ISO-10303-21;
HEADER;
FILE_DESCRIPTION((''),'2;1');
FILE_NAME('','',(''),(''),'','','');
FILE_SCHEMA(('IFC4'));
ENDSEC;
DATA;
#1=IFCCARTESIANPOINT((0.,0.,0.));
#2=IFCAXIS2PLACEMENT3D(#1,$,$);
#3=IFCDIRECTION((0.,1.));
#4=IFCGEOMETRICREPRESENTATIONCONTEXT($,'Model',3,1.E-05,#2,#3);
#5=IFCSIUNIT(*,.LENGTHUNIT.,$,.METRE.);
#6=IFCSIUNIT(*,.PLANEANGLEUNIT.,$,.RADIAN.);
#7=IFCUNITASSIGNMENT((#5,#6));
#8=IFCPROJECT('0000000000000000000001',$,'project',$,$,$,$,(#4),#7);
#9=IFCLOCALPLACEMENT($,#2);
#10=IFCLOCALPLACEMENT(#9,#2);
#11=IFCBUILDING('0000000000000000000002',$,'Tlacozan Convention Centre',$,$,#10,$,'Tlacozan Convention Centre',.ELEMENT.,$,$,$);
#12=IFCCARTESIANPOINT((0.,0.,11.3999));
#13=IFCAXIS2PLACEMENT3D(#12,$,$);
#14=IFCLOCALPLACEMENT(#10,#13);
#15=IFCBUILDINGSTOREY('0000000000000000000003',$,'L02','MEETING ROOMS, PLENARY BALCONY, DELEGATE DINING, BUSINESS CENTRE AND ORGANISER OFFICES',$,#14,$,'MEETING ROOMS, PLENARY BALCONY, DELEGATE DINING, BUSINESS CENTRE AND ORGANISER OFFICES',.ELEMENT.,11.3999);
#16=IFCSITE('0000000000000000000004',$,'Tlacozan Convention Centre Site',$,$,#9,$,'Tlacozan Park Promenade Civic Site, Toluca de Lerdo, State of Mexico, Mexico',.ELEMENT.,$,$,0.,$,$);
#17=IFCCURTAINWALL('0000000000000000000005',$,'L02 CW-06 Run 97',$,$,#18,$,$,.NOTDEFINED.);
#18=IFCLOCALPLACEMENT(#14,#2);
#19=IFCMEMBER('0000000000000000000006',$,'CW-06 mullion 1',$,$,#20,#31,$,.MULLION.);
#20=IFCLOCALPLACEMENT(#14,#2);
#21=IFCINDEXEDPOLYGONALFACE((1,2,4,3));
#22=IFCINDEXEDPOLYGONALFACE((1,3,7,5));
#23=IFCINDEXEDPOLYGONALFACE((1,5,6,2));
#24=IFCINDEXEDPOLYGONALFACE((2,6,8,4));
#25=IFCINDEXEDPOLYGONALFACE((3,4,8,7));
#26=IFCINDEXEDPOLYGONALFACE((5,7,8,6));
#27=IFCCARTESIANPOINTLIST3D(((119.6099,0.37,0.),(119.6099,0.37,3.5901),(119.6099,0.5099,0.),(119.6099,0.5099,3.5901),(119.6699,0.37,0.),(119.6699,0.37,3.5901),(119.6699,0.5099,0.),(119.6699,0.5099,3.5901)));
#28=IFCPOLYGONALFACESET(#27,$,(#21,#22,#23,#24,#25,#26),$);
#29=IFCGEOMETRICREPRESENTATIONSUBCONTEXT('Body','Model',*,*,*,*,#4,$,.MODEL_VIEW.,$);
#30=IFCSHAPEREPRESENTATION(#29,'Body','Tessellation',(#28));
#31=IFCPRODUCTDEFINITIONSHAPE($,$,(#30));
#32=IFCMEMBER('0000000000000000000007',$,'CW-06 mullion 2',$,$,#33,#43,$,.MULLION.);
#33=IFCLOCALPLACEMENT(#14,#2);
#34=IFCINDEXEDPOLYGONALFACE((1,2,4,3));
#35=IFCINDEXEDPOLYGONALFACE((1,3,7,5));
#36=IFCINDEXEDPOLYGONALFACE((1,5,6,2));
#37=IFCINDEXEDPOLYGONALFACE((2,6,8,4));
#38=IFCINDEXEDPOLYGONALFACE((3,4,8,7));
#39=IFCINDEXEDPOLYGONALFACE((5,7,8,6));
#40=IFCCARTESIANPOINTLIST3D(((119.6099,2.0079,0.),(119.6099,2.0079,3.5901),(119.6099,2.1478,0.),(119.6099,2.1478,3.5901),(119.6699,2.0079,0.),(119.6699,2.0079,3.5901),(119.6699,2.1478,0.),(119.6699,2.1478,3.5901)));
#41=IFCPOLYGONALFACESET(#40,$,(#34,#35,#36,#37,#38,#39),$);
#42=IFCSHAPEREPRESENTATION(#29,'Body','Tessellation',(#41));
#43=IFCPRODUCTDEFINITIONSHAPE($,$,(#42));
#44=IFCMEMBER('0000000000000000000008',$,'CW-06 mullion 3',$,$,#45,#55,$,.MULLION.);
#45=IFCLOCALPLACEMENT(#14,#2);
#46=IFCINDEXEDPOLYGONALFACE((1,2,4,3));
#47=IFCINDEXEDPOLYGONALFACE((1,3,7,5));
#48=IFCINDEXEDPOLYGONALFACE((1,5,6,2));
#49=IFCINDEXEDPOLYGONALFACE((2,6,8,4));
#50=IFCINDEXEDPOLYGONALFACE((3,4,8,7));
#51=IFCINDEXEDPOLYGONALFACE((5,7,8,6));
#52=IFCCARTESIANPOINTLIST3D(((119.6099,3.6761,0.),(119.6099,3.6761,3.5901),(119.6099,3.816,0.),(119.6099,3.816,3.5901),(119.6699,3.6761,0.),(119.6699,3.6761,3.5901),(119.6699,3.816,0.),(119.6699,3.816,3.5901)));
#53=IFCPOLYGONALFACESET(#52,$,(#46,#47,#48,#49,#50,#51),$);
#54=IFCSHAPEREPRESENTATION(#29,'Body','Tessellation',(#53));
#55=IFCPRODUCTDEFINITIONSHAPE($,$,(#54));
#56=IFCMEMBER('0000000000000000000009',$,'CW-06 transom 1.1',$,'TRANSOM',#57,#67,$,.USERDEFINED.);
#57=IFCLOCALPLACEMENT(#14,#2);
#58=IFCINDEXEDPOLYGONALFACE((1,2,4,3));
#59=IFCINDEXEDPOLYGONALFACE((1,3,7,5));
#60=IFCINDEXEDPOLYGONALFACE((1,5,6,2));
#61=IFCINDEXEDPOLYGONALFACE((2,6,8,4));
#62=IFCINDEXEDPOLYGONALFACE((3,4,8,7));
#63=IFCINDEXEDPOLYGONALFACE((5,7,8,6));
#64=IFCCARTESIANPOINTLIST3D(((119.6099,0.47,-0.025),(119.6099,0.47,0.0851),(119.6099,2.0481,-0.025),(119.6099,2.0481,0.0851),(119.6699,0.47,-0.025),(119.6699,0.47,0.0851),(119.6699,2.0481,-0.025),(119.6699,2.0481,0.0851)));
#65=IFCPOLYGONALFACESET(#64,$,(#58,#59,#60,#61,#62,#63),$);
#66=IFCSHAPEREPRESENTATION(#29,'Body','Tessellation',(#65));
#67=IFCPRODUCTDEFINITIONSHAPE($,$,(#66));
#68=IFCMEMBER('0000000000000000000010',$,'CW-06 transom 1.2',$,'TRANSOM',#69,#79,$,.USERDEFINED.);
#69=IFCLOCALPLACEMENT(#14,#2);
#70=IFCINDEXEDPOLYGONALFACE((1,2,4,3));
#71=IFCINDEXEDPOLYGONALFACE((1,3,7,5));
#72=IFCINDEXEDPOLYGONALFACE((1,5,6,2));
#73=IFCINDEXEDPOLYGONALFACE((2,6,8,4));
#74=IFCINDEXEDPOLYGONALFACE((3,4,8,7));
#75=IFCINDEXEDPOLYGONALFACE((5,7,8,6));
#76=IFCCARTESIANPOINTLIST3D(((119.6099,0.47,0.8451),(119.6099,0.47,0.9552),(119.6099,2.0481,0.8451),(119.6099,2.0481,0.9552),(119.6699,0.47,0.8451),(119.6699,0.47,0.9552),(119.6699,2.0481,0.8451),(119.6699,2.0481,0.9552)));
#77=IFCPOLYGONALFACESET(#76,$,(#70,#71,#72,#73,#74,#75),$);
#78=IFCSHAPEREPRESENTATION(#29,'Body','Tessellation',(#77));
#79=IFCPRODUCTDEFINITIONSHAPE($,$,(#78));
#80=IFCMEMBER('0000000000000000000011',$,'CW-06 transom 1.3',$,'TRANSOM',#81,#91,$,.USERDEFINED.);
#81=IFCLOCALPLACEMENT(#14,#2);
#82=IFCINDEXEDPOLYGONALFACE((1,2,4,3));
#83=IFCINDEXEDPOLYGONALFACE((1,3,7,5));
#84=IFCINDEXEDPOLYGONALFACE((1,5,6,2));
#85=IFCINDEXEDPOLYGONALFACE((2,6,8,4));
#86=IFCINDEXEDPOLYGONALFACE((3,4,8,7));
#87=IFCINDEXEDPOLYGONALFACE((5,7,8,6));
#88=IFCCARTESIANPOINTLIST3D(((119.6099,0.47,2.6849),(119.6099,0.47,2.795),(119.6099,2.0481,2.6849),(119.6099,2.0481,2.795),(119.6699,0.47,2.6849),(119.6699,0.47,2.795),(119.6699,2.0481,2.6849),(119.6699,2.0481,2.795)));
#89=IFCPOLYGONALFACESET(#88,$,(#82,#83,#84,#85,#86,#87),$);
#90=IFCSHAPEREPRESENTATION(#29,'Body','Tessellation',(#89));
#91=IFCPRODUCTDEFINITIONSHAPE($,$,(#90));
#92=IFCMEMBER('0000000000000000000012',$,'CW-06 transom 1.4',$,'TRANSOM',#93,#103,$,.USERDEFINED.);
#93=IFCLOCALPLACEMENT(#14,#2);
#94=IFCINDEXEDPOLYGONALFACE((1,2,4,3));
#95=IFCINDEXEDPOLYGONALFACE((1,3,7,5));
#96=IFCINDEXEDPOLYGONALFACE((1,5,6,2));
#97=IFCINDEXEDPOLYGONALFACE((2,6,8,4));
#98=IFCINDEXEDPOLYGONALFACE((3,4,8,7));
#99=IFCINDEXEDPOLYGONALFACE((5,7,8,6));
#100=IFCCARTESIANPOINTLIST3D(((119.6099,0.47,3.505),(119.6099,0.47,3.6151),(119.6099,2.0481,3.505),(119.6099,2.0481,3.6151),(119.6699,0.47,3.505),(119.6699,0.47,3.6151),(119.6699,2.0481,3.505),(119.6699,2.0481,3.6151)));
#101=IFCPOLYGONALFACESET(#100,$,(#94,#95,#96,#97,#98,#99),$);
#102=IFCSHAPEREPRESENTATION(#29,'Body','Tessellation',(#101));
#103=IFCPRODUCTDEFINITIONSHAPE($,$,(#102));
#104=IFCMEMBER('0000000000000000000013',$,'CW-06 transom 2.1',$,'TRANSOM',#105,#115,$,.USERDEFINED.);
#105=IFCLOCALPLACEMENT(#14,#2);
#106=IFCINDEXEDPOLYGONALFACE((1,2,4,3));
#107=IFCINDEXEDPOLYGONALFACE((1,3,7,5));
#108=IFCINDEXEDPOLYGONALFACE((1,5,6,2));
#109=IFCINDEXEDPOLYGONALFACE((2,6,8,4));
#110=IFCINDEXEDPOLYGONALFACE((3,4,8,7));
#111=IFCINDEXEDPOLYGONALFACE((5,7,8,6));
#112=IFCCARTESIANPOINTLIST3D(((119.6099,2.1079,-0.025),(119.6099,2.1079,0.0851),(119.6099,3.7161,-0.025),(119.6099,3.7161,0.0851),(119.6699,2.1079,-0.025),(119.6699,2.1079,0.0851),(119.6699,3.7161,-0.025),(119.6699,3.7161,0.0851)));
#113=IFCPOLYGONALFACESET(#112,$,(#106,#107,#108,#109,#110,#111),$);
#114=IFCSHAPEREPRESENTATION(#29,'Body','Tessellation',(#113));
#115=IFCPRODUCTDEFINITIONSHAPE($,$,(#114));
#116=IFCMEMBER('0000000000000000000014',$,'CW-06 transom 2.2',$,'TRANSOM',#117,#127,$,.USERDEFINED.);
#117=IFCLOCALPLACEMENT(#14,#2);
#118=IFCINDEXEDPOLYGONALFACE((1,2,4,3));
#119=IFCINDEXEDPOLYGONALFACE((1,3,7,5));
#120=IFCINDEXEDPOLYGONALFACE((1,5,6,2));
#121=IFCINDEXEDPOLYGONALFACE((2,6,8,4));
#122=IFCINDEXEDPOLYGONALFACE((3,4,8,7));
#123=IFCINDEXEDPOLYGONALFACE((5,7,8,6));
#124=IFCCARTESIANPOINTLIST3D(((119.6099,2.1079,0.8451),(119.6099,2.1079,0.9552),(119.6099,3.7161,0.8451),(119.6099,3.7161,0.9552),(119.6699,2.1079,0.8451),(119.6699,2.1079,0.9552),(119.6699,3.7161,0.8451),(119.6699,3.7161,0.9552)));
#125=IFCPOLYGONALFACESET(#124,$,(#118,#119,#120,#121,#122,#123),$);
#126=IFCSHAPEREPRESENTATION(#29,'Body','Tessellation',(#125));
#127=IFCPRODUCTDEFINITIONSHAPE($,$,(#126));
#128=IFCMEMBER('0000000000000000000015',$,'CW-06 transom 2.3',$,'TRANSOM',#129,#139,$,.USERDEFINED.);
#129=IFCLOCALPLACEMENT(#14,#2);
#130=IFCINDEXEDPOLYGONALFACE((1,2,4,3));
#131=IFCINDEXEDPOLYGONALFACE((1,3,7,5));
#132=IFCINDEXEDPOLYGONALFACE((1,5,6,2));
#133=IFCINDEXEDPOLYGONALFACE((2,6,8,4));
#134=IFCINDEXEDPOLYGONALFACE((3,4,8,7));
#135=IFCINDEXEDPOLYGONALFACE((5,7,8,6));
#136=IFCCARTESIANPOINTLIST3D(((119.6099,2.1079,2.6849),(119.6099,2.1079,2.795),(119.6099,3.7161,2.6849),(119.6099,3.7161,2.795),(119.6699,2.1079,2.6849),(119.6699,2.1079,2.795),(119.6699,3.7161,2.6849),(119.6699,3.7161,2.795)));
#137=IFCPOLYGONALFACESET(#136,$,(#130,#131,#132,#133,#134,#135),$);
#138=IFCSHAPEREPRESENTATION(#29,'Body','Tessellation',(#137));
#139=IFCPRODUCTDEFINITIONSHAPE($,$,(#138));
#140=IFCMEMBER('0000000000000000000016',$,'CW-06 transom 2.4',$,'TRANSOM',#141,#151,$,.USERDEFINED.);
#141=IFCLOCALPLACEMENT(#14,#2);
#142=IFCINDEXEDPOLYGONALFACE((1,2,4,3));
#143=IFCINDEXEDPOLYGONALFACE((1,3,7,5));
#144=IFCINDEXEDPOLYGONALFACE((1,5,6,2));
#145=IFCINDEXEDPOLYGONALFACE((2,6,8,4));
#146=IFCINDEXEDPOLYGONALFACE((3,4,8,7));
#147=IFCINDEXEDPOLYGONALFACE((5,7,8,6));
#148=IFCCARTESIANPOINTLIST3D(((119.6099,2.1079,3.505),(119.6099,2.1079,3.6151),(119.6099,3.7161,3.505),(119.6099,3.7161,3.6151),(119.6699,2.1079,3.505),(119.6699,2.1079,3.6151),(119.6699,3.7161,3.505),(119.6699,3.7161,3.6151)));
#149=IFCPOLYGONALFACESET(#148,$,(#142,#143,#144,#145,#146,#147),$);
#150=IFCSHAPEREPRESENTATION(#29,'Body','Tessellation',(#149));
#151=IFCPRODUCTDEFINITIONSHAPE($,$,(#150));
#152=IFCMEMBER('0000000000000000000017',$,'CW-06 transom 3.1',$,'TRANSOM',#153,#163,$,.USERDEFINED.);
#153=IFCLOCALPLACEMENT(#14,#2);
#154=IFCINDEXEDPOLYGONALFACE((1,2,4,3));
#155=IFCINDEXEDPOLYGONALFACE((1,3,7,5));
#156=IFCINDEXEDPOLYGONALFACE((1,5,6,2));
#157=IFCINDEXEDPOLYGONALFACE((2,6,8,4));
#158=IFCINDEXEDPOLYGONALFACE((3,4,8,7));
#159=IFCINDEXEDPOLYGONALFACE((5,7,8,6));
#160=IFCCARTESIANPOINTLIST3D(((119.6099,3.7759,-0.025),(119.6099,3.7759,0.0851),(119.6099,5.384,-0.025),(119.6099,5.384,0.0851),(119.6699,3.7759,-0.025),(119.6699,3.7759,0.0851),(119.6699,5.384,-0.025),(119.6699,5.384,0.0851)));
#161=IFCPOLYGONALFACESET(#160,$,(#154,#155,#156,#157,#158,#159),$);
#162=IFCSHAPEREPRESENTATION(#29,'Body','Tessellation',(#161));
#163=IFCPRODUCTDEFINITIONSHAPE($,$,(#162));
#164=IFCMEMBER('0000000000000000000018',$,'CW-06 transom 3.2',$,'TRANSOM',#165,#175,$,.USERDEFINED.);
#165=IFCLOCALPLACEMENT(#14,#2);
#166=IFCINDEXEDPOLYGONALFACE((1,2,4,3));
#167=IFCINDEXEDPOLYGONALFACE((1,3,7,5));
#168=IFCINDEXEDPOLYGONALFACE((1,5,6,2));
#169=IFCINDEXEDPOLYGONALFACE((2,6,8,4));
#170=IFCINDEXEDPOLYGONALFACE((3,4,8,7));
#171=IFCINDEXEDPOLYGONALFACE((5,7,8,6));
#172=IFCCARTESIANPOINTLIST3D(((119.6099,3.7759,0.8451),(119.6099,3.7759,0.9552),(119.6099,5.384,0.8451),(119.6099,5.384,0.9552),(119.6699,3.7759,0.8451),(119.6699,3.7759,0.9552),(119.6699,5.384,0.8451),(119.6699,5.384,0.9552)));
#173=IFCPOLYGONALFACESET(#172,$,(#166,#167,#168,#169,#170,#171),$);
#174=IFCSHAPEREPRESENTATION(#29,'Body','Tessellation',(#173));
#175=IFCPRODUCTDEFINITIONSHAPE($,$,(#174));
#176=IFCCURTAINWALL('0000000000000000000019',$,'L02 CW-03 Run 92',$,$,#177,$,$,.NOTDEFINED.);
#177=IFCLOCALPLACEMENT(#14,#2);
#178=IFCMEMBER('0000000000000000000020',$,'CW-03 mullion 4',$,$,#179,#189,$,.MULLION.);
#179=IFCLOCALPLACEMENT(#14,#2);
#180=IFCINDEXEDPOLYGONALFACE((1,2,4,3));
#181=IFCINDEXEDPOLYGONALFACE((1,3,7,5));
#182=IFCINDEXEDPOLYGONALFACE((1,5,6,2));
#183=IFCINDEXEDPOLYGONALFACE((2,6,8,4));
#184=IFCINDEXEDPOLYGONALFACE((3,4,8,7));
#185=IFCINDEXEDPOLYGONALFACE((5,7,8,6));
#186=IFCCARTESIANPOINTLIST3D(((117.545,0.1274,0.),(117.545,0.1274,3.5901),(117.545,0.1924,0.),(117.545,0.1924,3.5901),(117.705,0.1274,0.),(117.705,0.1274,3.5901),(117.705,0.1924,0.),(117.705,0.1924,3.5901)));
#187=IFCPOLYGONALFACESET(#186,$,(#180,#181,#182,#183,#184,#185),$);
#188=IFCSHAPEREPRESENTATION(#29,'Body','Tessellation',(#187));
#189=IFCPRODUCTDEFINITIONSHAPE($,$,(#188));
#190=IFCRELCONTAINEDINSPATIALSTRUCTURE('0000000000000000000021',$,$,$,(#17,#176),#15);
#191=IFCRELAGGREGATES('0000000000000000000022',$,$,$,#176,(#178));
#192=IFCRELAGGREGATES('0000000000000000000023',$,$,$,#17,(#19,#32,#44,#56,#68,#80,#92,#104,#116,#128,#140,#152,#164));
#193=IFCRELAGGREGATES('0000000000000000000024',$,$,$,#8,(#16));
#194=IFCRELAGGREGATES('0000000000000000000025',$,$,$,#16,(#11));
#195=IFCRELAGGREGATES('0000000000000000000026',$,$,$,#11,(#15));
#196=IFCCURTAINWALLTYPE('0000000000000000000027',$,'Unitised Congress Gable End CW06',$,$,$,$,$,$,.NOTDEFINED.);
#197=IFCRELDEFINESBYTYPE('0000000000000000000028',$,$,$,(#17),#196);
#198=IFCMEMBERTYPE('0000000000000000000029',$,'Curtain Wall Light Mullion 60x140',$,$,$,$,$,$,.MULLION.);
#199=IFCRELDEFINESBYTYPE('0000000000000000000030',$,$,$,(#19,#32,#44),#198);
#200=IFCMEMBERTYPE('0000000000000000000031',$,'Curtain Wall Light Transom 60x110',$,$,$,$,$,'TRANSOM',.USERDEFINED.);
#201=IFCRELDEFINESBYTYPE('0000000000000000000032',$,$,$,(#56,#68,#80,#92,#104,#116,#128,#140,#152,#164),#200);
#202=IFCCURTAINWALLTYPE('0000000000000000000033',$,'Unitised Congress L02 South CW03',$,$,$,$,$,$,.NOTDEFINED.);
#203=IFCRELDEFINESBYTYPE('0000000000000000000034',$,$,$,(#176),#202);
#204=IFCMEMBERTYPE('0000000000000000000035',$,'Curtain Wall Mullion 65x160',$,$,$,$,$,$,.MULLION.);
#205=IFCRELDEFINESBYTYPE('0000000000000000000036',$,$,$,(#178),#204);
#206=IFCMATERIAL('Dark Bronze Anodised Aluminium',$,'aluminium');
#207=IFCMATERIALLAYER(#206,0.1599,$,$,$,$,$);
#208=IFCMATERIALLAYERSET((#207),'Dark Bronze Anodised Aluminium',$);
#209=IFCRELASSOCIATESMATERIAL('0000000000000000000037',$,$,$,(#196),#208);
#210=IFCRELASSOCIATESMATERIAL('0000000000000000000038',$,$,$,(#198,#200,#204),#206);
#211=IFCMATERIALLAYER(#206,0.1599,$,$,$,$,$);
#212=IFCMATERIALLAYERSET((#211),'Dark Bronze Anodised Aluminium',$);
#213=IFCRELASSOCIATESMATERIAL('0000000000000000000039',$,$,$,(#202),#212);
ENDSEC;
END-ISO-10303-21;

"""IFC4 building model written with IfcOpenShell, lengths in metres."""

from ifc_helpers import new_model, si_unit, direction, frame, origin, origin_2d, place, context, subcontext, project, spatial, rectangle, extrude, material, layer, layer_set, material_profile, profile_set, type_object, element, aggregate, save


model = new_model("IFC4")

# Units and contexts
model_context = context("Model", 3, precision=1e-05, world=origin(), true_north=direction((0.0, 1.0)))
body_context = subcontext(model_context, "Body", "Model", "MODEL_VIEW")
ifc_project = project(units=[si_unit("LENGTHUNIT", "METRE"), si_unit("PLANEANGLEUNIT", "RADIAN")], contexts=[model_context])

# Site, building, storey
site_placement = place(None, origin())
site = spatial("IfcSite", under=ifc_project, at=site_placement, Name="Tlacozan Convention Centre Site", LongName="Tlacozan Park Promenade Civic Site, Toluca de Lerdo, State of Mexico, Mexico", CompositionType="ELEMENT", RefElevation=0.0)
building_placement = place(site_placement, origin())
building = spatial("IfcBuilding", under=site, at=building_placement, Name="Tlacozan Convention Centre", LongName="Tlacozan Convention Centre", CompositionType="ELEMENT")
storey_placement = place(building_placement, frame((0.0, 0.0, 11.3999)))
storey = spatial("IfcBuildingStorey", under=building, at=storey_placement, Name="L02", Description="MEETING ROOMS, PLENARY BALCONY, DELEGATE DINING, BUSINESS CENTRE AND ORGANISER OFFICES", LongName="MEETING ROOMS, PLENARY BALCONY, DELEGATE DINING, BUSINESS CENTRE AND ORGANISER OFFICES", CompositionType="ELEMENT", Elevation=11.3999)

# Curtain wall, members
ifc_material_1 = material(Name="Dark Bronze Anodised Aluminium", Category="aluminium")
ifc_layer_1 = layer(ifc_material_1, 0.1599)
ifc_layer_set_1 = layer_set([ifc_layer_1], Name="Dark Bronze Anodised Aluminium")
curtain_wall_type_1 = type_object("IfcCurtainWallType", Name="Unitised Congress Gable End CW06", PredefinedType="NOTDEFINED", material=ifc_layer_set_1)
curtain_wall_1_placement = place(storey_placement, origin())
curtain_wall_1 = element("IfcCurtainWall", 1, at=curtain_wall_1_placement, inside=storey, type_object=curtain_wall_type_1, Name="L02 CW-06 Run 97", PredefinedType="NOTDEFINED")
ifc_material_profile_1 = material_profile(ifc_material_1, rectangle(XDim=0.0601, YDim=0.1399, at=origin_2d()), Name="ALU 60x140")
ifc_profile_set_1 = profile_set([ifc_material_profile_1], Name="Dark Bronze Anodised Aluminium")
member_type_1 = type_object("IfcMemberType", Name="Curtain Wall Light Mullion 60x140", PredefinedType="MULLION", material=ifc_profile_set_1)
member_1_placement = place(storey_placement, frame((119.6399, 0.4399, 0.0), z_axis=(0.0, 0.0, 1.0), x_axis=(-1.0, 0.0, 0.0)))
member_1 = element("IfcMember", 2, at=member_1_placement, type_object=member_type_1, Name="CW-06 mullion 1", PredefinedType="MULLION", context=body_context, shape_type="SweptSolid", body=[
    extrude(rectangle(XDim=0.0601, YDim=0.1399, at=origin_2d()), origin(), (0.0, 0.0, 1.0), 3.5901),
])
member_2_placement = place(storey_placement, frame((119.6399, 2.0779, 0.0), z_axis=(0.0, 0.0, 1.0), x_axis=(-1.0, 0.0, 0.0)))
member_2 = element("IfcMember", 3, at=member_2_placement, type_object=member_type_1, Name="CW-06 mullion 2", PredefinedType="MULLION", context=body_context, shape_type="SweptSolid", body=[
    extrude(rectangle(XDim=0.0601, YDim=0.1399, at=origin_2d()), origin(), (0.0, 0.0, 1.0), 3.5901),
])
member_3_placement = place(storey_placement, frame((119.6399, 3.7461, 0.0), z_axis=(0.0, 0.0, 1.0), x_axis=(-1.0, 0.0, 0.0)))
member_3 = element("IfcMember", 4, at=member_3_placement, type_object=member_type_1, Name="CW-06 mullion 3", PredefinedType="MULLION", context=body_context, shape_type="SweptSolid", body=[
    extrude(rectangle(XDim=0.0601, YDim=0.1399, at=origin_2d()), origin(), (0.0, 0.0, 1.0), 3.5901),
])
ifc_material_profile_2 = material_profile(ifc_material_1, rectangle(XDim=0.0601, YDim=0.1101, at=origin_2d()), Name="ALU 60x110")
ifc_profile_set_2 = profile_set([ifc_material_profile_2], Name="Dark Bronze Anodised Aluminium")
member_type_2 = type_object("IfcMemberType", Name="Curtain Wall Light Transom 60x110", ElementType="TRANSOM", PredefinedType="USERDEFINED", material=ifc_profile_set_2)
member_4_placement = place(storey_placement, frame((119.6399, 0.47, 0.03), z_axis=(0.0, 1.0, 0.0), x_axis=(-1.0, 0.0, 0.0)))
member_4 = element("IfcMember", 5, at=member_4_placement, type_object=member_type_2, Name="CW-06 transom 1.1", ObjectType="TRANSOM", PredefinedType="USERDEFINED", context=body_context, shape_type="SweptSolid", body=[
    extrude(rectangle(XDim=0.0601, YDim=0.1101, at=origin_2d()), origin(), (0.0, 0.0, 1.0), 1.5781),
])
member_5_placement = place(storey_placement, frame((119.6399, 0.47, 0.9001), z_axis=(0.0, 1.0, 0.0), x_axis=(-1.0, 0.0, 0.0)))
member_5 = element("IfcMember", 6, at=member_5_placement, type_object=member_type_2, Name="CW-06 transom 1.2", ObjectType="TRANSOM", PredefinedType="USERDEFINED", context=body_context, shape_type="SweptSolid", body=[
    extrude(rectangle(XDim=0.0601, YDim=0.1101, at=origin_2d()), origin(), (0.0, 0.0, 1.0), 1.5781),
])
member_6_placement = place(storey_placement, frame((119.6399, 0.47, 2.74), z_axis=(0.0, 1.0, 0.0), x_axis=(-1.0, 0.0, 0.0)))
member_6 = element("IfcMember", 7, at=member_6_placement, type_object=member_type_2, Name="CW-06 transom 1.3", ObjectType="TRANSOM", PredefinedType="USERDEFINED", context=body_context, shape_type="SweptSolid", body=[
    extrude(rectangle(XDim=0.0601, YDim=0.1101, at=origin_2d()), origin(), (0.0, 0.0, 1.0), 1.5781),
])
member_7_placement = place(storey_placement, frame((119.6399, 0.47, 3.5601), z_axis=(0.0, 1.0, 0.0), x_axis=(-1.0, 0.0, 0.0)))
member_7 = element("IfcMember", 8, at=member_7_placement, type_object=member_type_2, Name="CW-06 transom 1.4", ObjectType="TRANSOM", PredefinedType="USERDEFINED", context=body_context, shape_type="SweptSolid", body=[
    extrude(rectangle(XDim=0.0601, YDim=0.1101, at=origin_2d()), origin(), (0.0, 0.0, 1.0), 1.5781),
])
member_8_placement = place(storey_placement, frame((119.6399, 2.1079, 0.03), z_axis=(0.0, 1.0, 0.0), x_axis=(-1.0, 0.0, 0.0)))
member_8 = element("IfcMember", 9, at=member_8_placement, type_object=member_type_2, Name="CW-06 transom 2.1", ObjectType="TRANSOM", PredefinedType="USERDEFINED", context=body_context, shape_type="SweptSolid", body=[
    extrude(rectangle(XDim=0.0601, YDim=0.1101, at=origin_2d()), origin(), (0.0, 0.0, 1.0), 1.6082),
])
member_9_placement = place(storey_placement, frame((119.6399, 2.1079, 0.9001), z_axis=(0.0, 1.0, 0.0), x_axis=(-1.0, 0.0, 0.0)))
member_9 = element("IfcMember", 10, at=member_9_placement, type_object=member_type_2, Name="CW-06 transom 2.2", ObjectType="TRANSOM", PredefinedType="USERDEFINED", context=body_context, shape_type="SweptSolid", body=[
    extrude(rectangle(XDim=0.0601, YDim=0.1101, at=origin_2d()), origin(), (0.0, 0.0, 1.0), 1.6082),
])
member_10_placement = place(storey_placement, frame((119.6399, 2.1079, 2.74), z_axis=(0.0, 1.0, 0.0), x_axis=(-1.0, 0.0, 0.0)))
member_10 = element("IfcMember", 11, at=member_10_placement, type_object=member_type_2, Name="CW-06 transom 2.3", ObjectType="TRANSOM", PredefinedType="USERDEFINED", context=body_context, shape_type="SweptSolid", body=[
    extrude(rectangle(XDim=0.0601, YDim=0.1101, at=origin_2d()), origin(), (0.0, 0.0, 1.0), 1.6082),
])
member_11_placement = place(storey_placement, frame((119.6399, 2.1079, 3.5601), z_axis=(0.0, 1.0, 0.0), x_axis=(-1.0, 0.0, 0.0)))
member_11 = element("IfcMember", 12, at=member_11_placement, type_object=member_type_2, Name="CW-06 transom 2.4", ObjectType="TRANSOM", PredefinedType="USERDEFINED", context=body_context, shape_type="SweptSolid", body=[
    extrude(rectangle(XDim=0.0601, YDim=0.1101, at=origin_2d()), origin(), (0.0, 0.0, 1.0), 1.6082),
])
member_12_placement = place(storey_placement, frame((119.6399, 3.7759, 0.03), z_axis=(0.0, 1.0, 0.0), x_axis=(-1.0, 0.0, 0.0)))
member_12 = element("IfcMember", 13, at=member_12_placement, type_object=member_type_2, Name="CW-06 transom 3.1", ObjectType="TRANSOM", PredefinedType="USERDEFINED", context=body_context, shape_type="SweptSolid", body=[
    extrude(rectangle(XDim=0.0601, YDim=0.1101, at=origin_2d()), origin(), (0.0, 0.0, 1.0), 1.6082),
])
member_13_placement = place(storey_placement, frame((119.6399, 3.7759, 0.9001), z_axis=(0.0, 1.0, 0.0), x_axis=(-1.0, 0.0, 0.0)))
member_13 = element("IfcMember", 14, at=member_13_placement, type_object=member_type_2, Name="CW-06 transom 3.2", ObjectType="TRANSOM", PredefinedType="USERDEFINED", context=body_context, shape_type="SweptSolid", body=[
    extrude(rectangle(XDim=0.0601, YDim=0.1101, at=origin_2d()), origin(), (0.0, 0.0, 1.0), 1.6082),
])

# Curtain wall, member
ifc_layer_2 = layer(ifc_material_1, 0.1599)
ifc_layer_set_2 = layer_set([ifc_layer_2], Name="Dark Bronze Anodised Aluminium")
curtain_wall_type_2 = type_object("IfcCurtainWallType", Name="Unitised Congress L02 South CW03", PredefinedType="NOTDEFINED", material=ifc_layer_set_2)
curtain_wall_2_placement = place(storey_placement, origin())
curtain_wall_2 = element("IfcCurtainWall", 15, at=curtain_wall_2_placement, inside=storey, type_object=curtain_wall_type_2, Name="L02 CW-03 Run 92", PredefinedType="NOTDEFINED")
ifc_material_profile_3 = material_profile(ifc_material_1, rectangle(XDim=0.0649, YDim=0.1599, at=origin_2d()), Name="ALU 65x160")
ifc_profile_set_3 = profile_set([ifc_material_profile_3], Name="Dark Bronze Anodised Aluminium")
member_type_3 = type_object("IfcMemberType", Name="Curtain Wall Mullion 65x160", PredefinedType="MULLION", material=ifc_profile_set_3)
member_14_placement = place(storey_placement, frame((117.625, 0.1599, 0.0), z_axis=(0.0, 0.0, 1.0), x_axis=(0.0, 1.0, 0.0)))
member_14 = element("IfcMember", 16, at=member_14_placement, type_object=member_type_3, Name="CW-03 mullion 4", PredefinedType="MULLION", context=body_context, shape_type="SweptSolid", body=[
    extrude(rectangle(XDim=0.0649, YDim=0.1599, at=origin_2d()), origin(), (0.0, 0.0, 1.0), 3.5901),
])
aggregate(curtain_wall_2, [member_14])

aggregate(curtain_wall_1, [member_1, member_2, member_3, member_4, member_5, member_6, member_7, member_8, member_9, member_10, member_11, member_12, member_13])

save(model, "model.ifc")
